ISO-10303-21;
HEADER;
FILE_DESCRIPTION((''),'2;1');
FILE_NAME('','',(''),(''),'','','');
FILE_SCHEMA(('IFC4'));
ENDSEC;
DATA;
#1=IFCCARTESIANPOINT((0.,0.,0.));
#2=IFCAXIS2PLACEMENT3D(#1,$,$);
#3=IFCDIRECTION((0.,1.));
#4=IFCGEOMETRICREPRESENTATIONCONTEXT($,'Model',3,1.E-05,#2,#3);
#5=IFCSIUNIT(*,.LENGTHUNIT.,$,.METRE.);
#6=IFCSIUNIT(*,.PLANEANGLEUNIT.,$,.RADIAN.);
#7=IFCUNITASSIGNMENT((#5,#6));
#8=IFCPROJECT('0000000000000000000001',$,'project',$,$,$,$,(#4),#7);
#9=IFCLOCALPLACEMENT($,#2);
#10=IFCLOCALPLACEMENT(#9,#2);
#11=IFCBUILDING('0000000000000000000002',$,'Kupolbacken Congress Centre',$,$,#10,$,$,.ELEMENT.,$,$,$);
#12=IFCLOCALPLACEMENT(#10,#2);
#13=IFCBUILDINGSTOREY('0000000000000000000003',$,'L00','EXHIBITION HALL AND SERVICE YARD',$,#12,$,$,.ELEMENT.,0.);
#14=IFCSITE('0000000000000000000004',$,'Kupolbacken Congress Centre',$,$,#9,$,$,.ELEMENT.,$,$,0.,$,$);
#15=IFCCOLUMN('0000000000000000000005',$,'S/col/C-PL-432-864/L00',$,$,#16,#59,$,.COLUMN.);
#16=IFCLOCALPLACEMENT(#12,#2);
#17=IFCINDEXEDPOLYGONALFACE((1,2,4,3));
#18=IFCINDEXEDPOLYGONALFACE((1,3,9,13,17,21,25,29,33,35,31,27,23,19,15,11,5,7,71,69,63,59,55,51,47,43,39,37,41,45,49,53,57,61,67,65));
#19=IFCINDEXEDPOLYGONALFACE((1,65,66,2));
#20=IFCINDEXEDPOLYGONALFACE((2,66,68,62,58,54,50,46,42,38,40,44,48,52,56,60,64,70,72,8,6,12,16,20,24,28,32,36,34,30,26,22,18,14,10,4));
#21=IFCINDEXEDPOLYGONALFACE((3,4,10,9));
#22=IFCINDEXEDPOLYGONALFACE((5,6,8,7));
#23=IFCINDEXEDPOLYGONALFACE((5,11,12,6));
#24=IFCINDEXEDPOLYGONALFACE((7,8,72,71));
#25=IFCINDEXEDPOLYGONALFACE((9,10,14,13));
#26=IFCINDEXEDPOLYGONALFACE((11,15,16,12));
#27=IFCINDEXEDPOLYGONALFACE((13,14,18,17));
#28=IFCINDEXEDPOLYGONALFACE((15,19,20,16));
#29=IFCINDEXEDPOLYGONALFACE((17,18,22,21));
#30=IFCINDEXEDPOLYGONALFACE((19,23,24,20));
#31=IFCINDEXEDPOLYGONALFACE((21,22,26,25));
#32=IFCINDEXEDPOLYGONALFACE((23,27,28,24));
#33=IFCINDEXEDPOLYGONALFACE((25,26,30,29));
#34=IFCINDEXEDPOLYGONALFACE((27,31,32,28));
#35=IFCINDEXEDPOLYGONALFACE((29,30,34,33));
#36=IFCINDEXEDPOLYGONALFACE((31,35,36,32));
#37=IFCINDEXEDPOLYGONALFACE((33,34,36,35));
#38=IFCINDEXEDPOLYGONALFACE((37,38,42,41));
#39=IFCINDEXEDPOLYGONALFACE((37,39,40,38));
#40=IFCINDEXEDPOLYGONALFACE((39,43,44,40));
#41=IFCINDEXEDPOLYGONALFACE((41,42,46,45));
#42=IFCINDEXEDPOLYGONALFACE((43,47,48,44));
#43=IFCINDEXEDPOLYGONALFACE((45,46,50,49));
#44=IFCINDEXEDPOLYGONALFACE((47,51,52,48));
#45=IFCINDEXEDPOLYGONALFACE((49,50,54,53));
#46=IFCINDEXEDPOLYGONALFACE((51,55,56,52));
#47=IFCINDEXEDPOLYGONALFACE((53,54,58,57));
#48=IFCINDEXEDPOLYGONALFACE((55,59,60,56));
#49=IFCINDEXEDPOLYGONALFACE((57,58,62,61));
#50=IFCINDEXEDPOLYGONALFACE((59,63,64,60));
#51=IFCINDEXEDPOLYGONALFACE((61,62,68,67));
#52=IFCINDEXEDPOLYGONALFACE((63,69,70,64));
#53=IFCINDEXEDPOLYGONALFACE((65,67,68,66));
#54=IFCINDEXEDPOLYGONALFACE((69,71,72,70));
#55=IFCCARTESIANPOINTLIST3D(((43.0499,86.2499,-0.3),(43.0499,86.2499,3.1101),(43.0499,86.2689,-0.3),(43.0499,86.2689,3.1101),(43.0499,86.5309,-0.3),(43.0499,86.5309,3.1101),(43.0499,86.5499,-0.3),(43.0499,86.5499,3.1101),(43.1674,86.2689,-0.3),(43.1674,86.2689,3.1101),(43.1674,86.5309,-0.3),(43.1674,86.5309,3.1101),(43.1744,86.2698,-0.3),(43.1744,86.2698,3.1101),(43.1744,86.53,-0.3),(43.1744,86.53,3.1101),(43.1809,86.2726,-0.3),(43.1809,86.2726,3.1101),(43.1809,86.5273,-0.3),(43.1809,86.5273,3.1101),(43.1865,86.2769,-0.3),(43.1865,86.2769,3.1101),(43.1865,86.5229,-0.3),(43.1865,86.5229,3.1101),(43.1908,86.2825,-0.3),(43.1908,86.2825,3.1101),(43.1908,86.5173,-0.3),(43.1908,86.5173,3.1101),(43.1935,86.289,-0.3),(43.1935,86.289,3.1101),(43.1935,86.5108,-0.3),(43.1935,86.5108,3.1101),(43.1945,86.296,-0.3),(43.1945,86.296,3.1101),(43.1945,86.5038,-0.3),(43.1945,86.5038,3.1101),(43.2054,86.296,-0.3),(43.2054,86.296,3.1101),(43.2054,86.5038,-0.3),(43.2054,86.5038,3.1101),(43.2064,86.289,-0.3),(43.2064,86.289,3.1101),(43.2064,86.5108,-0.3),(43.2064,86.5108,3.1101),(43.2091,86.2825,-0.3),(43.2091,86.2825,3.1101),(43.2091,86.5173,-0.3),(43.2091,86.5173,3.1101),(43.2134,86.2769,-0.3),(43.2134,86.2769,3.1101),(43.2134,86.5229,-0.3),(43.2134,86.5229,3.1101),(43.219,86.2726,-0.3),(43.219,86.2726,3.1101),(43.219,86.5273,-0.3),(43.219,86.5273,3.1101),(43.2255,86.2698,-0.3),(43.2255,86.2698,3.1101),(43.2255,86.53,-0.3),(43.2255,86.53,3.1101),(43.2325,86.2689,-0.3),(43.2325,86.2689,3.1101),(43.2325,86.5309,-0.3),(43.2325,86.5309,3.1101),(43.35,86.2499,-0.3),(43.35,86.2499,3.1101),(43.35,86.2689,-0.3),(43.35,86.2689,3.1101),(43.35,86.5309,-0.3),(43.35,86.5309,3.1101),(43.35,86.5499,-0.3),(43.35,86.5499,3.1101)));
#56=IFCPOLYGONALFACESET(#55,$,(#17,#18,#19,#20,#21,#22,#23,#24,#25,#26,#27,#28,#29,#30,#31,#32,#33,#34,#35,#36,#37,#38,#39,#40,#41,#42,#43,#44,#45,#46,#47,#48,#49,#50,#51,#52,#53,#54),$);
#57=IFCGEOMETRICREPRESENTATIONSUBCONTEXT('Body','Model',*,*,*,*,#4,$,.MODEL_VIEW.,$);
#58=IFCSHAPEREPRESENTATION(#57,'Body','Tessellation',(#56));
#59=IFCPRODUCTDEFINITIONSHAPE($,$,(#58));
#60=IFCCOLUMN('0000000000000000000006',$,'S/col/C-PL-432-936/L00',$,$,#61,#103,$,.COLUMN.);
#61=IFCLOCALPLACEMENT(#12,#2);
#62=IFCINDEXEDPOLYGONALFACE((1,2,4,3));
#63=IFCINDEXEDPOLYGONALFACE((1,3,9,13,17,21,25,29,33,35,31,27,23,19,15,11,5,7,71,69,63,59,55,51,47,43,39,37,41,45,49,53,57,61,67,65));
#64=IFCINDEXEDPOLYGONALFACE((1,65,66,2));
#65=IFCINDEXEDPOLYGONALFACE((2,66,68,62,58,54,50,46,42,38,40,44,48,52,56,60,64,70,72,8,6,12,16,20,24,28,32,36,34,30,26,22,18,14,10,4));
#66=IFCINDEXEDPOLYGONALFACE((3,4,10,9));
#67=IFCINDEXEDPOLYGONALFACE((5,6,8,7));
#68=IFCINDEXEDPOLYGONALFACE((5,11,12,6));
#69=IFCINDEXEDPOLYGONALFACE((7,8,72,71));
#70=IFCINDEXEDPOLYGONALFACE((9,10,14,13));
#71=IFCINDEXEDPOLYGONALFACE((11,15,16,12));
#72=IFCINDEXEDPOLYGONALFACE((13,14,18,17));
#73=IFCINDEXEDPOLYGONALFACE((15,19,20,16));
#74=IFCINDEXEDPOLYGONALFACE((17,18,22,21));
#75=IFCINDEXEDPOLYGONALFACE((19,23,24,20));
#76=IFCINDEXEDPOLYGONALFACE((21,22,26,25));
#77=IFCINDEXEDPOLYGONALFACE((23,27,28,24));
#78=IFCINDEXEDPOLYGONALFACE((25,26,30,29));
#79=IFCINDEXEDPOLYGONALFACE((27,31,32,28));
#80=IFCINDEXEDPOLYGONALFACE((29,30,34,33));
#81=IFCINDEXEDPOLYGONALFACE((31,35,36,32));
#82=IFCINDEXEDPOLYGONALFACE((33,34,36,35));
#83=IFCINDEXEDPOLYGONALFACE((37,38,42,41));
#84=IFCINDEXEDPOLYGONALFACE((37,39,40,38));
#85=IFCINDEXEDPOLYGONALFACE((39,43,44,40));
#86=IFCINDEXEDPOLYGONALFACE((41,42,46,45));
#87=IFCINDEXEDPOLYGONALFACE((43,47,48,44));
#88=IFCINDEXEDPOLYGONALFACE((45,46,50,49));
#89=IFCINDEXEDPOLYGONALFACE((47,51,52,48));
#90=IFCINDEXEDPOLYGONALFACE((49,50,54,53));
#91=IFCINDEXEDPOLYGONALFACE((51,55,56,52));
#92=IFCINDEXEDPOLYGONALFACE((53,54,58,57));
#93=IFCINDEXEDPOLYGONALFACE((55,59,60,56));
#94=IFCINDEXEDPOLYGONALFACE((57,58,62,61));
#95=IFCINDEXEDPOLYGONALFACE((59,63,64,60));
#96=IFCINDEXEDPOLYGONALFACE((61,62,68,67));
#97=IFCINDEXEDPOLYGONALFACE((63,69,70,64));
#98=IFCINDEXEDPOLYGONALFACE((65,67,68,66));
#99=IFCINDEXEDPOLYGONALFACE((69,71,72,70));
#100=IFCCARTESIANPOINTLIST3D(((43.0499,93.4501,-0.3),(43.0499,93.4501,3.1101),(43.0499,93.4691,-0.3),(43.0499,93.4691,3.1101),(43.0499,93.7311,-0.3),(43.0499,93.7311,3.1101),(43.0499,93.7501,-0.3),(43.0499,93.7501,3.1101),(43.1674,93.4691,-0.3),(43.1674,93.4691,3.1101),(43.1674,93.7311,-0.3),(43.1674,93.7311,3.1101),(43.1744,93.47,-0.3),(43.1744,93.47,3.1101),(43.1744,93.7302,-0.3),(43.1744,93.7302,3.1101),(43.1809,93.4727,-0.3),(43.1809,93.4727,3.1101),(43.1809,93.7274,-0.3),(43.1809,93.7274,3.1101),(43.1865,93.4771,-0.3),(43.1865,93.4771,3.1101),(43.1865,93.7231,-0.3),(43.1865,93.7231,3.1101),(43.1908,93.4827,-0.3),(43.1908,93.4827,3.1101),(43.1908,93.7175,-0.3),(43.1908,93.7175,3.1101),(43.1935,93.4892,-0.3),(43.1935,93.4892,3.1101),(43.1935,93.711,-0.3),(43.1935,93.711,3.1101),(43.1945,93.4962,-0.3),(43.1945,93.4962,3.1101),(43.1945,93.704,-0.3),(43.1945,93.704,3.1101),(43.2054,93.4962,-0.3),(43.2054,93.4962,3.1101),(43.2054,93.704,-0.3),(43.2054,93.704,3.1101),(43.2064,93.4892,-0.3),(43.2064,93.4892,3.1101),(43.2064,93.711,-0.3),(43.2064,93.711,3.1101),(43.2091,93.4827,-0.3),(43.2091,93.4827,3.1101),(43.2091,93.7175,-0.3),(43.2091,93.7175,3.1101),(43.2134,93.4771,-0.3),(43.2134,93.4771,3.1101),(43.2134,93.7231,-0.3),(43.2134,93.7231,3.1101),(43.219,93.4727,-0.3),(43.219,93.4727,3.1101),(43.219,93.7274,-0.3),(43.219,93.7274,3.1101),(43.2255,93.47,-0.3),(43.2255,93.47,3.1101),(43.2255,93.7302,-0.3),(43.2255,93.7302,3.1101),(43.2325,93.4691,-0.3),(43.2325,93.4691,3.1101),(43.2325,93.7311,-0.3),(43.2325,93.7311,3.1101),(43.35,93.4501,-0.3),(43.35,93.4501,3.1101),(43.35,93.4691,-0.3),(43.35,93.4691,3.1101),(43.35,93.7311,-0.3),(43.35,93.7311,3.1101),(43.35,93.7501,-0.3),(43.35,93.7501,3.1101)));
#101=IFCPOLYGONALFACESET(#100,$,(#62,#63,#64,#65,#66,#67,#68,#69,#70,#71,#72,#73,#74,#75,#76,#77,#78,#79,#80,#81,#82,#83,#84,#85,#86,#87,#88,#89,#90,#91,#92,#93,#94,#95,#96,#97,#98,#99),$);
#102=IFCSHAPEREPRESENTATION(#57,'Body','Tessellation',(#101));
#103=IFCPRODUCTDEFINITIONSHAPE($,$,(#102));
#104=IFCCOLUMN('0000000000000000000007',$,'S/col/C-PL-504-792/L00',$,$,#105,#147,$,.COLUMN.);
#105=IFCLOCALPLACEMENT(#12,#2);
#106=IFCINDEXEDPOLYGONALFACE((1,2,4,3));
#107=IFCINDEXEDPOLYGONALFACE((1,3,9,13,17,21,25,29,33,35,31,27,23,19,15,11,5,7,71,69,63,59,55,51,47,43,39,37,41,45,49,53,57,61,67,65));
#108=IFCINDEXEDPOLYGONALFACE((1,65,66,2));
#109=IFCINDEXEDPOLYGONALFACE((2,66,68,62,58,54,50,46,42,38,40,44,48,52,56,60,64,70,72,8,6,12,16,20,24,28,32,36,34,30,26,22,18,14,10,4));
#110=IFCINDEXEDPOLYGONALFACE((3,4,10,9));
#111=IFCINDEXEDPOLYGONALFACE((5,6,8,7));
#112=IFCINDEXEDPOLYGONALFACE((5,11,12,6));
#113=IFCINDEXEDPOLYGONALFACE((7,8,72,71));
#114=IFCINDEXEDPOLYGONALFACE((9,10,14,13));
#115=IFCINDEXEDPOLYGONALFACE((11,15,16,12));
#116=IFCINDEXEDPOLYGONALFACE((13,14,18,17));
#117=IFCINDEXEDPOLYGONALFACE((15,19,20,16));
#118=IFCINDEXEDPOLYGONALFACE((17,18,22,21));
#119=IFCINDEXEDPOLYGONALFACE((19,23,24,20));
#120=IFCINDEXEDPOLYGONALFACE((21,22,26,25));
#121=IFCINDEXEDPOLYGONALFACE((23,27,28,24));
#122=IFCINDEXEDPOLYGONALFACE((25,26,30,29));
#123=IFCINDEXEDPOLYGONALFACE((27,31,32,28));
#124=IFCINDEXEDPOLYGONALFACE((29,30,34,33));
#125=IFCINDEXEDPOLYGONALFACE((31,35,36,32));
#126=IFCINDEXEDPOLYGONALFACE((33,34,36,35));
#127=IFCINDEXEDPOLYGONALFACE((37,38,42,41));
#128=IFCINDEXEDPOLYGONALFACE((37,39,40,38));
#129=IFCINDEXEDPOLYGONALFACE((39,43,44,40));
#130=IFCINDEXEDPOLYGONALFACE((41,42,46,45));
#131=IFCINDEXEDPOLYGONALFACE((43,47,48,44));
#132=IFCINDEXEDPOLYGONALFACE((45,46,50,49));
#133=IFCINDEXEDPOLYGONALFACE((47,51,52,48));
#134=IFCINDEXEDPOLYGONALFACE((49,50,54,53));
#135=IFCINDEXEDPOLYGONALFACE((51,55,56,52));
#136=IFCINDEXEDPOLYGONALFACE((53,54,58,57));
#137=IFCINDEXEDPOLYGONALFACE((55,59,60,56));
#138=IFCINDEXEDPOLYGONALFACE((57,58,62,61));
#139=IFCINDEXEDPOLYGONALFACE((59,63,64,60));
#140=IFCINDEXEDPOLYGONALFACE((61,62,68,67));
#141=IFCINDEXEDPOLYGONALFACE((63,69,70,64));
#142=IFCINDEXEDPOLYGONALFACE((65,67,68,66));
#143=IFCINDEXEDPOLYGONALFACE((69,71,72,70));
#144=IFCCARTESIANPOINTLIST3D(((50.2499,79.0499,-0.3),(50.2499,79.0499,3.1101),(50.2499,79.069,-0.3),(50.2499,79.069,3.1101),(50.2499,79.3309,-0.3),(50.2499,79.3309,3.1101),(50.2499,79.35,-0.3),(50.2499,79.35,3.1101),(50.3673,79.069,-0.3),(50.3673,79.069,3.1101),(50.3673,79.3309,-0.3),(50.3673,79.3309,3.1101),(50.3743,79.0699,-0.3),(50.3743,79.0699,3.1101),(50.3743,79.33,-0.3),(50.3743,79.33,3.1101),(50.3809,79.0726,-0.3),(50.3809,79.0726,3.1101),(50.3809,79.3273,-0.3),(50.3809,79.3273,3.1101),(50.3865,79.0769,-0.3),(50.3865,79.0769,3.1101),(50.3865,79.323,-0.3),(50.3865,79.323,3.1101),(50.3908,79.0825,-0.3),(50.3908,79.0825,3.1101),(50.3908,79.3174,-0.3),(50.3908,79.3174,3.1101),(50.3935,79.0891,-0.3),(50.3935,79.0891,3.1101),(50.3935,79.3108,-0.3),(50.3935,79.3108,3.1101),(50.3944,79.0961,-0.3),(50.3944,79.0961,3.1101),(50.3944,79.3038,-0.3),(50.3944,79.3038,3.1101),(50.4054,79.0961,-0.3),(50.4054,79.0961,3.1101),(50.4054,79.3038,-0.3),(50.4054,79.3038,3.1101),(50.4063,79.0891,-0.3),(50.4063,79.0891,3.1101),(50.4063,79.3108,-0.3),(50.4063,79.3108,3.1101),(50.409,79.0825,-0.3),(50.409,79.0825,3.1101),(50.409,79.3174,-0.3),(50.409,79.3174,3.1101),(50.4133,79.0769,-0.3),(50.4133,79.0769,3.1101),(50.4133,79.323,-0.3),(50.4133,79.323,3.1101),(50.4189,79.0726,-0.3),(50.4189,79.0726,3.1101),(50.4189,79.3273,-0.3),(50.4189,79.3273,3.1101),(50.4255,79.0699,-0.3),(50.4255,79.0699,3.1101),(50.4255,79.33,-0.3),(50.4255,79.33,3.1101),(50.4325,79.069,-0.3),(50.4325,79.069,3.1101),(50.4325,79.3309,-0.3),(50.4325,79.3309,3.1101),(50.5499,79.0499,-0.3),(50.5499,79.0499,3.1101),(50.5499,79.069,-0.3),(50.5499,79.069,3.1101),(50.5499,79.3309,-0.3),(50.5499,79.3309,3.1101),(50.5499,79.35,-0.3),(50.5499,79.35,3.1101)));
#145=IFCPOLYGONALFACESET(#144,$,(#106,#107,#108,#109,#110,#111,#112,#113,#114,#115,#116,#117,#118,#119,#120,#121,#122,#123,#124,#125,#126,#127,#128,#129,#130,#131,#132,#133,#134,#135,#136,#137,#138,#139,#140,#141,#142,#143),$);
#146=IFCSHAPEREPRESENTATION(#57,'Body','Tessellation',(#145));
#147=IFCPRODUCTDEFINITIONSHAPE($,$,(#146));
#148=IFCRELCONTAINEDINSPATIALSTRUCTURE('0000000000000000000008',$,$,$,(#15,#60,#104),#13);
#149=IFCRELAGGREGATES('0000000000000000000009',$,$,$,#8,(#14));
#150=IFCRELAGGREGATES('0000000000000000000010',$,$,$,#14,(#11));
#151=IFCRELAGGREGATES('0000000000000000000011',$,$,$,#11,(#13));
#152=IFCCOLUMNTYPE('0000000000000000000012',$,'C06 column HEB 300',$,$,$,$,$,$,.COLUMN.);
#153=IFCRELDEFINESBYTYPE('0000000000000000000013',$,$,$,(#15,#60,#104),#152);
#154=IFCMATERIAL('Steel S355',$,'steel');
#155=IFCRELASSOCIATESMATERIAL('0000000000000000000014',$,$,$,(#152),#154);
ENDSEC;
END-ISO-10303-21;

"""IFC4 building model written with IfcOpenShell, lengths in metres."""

from ifc_helpers import new_model, si_unit, direction, frame, origin, origin_2d, place, context, subcontext, project, spatial, i_section, extrude, material, material_profile, profile_set, type_object, element, save


model = new_model("IFC4")

# Units and contexts
model_context = context("Model", 3, precision=1e-05, world=origin(), true_north=direction((0.0, 1.0)))
body_context = subcontext(model_context, "Body", "Model", "MODEL_VIEW")
ifc_project = project(units=[si_unit("LENGTHUNIT", "METRE"), si_unit("PLANEANGLEUNIT", "RADIAN")], contexts=[model_context])

# Site, building, storey
site_placement = place(None, origin())
site = spatial("IfcSite", under=ifc_project, at=site_placement, Name="Kupolbacken Congress Centre", CompositionType="ELEMENT", RefElevation=0.0)
building_placement = place(site_placement, origin())
building = spatial("IfcBuilding", under=site, at=building_placement, Name="Kupolbacken Congress Centre", CompositionType="ELEMENT")
storey_placement = place(building_placement, origin())
storey = spatial("IfcBuildingStorey", under=building, at=storey_placement, Name="L00", Description="EXHIBITION HALL AND SERVICE YARD", CompositionType="ELEMENT", Elevation=0.0)

# Columns
ifc_material_1 = material(Name="Steel S355", Category="steel")
ifc_material_profile_1 = material_profile(ifc_material_1, i_section(OverallWidth=0.3, OverallDepth=0.3, WebThickness=0.011, FlangeThickness=0.019, FilletRadius=0.0271, at=origin_2d()), Name="HEB 300")
ifc_profile_set_1 = profile_set([ifc_material_profile_1], Name="Steel S355")
column_type = type_object("IfcColumnType", Name="C06 column HEB 300", PredefinedType="COLUMN", material=ifc_profile_set_1)
for number, where, z_axis, x_axis, name in (
    (1, (43.2, 86.3999, -0.3), (0.0, 0.0, 1.0), (1.0, 0.0, 0.0), "S/col/C-PL-432-864/L00"),
    (2, (43.2, 93.6001, -0.3), (0.0, 0.0, 1.0), (1.0, 0.0, 0.0), "S/col/C-PL-432-936/L00"),
    (3, (50.3999, 79.2, -0.3), (0.0, 0.0, 1.0), (1.0, 0.0, 0.0), "S/col/C-PL-504-792/L00"),
):
    element("IfcColumn", number, at=place(storey_placement, frame(where, z_axis=z_axis, x_axis=x_axis)), inside=storey, type_object=column_type, Name=name, PredefinedType="COLUMN", context=body_context, shape_type="SweptSolid", body=[
        extrude(i_section(OverallWidth=0.3, OverallDepth=0.3, WebThickness=0.011, FlangeThickness=0.019, FilletRadius=0.0271, at=origin_2d()), origin(), (0.0, 0.0, 1.0), 3.4102),
    ])

save(model, "model.ifc")
